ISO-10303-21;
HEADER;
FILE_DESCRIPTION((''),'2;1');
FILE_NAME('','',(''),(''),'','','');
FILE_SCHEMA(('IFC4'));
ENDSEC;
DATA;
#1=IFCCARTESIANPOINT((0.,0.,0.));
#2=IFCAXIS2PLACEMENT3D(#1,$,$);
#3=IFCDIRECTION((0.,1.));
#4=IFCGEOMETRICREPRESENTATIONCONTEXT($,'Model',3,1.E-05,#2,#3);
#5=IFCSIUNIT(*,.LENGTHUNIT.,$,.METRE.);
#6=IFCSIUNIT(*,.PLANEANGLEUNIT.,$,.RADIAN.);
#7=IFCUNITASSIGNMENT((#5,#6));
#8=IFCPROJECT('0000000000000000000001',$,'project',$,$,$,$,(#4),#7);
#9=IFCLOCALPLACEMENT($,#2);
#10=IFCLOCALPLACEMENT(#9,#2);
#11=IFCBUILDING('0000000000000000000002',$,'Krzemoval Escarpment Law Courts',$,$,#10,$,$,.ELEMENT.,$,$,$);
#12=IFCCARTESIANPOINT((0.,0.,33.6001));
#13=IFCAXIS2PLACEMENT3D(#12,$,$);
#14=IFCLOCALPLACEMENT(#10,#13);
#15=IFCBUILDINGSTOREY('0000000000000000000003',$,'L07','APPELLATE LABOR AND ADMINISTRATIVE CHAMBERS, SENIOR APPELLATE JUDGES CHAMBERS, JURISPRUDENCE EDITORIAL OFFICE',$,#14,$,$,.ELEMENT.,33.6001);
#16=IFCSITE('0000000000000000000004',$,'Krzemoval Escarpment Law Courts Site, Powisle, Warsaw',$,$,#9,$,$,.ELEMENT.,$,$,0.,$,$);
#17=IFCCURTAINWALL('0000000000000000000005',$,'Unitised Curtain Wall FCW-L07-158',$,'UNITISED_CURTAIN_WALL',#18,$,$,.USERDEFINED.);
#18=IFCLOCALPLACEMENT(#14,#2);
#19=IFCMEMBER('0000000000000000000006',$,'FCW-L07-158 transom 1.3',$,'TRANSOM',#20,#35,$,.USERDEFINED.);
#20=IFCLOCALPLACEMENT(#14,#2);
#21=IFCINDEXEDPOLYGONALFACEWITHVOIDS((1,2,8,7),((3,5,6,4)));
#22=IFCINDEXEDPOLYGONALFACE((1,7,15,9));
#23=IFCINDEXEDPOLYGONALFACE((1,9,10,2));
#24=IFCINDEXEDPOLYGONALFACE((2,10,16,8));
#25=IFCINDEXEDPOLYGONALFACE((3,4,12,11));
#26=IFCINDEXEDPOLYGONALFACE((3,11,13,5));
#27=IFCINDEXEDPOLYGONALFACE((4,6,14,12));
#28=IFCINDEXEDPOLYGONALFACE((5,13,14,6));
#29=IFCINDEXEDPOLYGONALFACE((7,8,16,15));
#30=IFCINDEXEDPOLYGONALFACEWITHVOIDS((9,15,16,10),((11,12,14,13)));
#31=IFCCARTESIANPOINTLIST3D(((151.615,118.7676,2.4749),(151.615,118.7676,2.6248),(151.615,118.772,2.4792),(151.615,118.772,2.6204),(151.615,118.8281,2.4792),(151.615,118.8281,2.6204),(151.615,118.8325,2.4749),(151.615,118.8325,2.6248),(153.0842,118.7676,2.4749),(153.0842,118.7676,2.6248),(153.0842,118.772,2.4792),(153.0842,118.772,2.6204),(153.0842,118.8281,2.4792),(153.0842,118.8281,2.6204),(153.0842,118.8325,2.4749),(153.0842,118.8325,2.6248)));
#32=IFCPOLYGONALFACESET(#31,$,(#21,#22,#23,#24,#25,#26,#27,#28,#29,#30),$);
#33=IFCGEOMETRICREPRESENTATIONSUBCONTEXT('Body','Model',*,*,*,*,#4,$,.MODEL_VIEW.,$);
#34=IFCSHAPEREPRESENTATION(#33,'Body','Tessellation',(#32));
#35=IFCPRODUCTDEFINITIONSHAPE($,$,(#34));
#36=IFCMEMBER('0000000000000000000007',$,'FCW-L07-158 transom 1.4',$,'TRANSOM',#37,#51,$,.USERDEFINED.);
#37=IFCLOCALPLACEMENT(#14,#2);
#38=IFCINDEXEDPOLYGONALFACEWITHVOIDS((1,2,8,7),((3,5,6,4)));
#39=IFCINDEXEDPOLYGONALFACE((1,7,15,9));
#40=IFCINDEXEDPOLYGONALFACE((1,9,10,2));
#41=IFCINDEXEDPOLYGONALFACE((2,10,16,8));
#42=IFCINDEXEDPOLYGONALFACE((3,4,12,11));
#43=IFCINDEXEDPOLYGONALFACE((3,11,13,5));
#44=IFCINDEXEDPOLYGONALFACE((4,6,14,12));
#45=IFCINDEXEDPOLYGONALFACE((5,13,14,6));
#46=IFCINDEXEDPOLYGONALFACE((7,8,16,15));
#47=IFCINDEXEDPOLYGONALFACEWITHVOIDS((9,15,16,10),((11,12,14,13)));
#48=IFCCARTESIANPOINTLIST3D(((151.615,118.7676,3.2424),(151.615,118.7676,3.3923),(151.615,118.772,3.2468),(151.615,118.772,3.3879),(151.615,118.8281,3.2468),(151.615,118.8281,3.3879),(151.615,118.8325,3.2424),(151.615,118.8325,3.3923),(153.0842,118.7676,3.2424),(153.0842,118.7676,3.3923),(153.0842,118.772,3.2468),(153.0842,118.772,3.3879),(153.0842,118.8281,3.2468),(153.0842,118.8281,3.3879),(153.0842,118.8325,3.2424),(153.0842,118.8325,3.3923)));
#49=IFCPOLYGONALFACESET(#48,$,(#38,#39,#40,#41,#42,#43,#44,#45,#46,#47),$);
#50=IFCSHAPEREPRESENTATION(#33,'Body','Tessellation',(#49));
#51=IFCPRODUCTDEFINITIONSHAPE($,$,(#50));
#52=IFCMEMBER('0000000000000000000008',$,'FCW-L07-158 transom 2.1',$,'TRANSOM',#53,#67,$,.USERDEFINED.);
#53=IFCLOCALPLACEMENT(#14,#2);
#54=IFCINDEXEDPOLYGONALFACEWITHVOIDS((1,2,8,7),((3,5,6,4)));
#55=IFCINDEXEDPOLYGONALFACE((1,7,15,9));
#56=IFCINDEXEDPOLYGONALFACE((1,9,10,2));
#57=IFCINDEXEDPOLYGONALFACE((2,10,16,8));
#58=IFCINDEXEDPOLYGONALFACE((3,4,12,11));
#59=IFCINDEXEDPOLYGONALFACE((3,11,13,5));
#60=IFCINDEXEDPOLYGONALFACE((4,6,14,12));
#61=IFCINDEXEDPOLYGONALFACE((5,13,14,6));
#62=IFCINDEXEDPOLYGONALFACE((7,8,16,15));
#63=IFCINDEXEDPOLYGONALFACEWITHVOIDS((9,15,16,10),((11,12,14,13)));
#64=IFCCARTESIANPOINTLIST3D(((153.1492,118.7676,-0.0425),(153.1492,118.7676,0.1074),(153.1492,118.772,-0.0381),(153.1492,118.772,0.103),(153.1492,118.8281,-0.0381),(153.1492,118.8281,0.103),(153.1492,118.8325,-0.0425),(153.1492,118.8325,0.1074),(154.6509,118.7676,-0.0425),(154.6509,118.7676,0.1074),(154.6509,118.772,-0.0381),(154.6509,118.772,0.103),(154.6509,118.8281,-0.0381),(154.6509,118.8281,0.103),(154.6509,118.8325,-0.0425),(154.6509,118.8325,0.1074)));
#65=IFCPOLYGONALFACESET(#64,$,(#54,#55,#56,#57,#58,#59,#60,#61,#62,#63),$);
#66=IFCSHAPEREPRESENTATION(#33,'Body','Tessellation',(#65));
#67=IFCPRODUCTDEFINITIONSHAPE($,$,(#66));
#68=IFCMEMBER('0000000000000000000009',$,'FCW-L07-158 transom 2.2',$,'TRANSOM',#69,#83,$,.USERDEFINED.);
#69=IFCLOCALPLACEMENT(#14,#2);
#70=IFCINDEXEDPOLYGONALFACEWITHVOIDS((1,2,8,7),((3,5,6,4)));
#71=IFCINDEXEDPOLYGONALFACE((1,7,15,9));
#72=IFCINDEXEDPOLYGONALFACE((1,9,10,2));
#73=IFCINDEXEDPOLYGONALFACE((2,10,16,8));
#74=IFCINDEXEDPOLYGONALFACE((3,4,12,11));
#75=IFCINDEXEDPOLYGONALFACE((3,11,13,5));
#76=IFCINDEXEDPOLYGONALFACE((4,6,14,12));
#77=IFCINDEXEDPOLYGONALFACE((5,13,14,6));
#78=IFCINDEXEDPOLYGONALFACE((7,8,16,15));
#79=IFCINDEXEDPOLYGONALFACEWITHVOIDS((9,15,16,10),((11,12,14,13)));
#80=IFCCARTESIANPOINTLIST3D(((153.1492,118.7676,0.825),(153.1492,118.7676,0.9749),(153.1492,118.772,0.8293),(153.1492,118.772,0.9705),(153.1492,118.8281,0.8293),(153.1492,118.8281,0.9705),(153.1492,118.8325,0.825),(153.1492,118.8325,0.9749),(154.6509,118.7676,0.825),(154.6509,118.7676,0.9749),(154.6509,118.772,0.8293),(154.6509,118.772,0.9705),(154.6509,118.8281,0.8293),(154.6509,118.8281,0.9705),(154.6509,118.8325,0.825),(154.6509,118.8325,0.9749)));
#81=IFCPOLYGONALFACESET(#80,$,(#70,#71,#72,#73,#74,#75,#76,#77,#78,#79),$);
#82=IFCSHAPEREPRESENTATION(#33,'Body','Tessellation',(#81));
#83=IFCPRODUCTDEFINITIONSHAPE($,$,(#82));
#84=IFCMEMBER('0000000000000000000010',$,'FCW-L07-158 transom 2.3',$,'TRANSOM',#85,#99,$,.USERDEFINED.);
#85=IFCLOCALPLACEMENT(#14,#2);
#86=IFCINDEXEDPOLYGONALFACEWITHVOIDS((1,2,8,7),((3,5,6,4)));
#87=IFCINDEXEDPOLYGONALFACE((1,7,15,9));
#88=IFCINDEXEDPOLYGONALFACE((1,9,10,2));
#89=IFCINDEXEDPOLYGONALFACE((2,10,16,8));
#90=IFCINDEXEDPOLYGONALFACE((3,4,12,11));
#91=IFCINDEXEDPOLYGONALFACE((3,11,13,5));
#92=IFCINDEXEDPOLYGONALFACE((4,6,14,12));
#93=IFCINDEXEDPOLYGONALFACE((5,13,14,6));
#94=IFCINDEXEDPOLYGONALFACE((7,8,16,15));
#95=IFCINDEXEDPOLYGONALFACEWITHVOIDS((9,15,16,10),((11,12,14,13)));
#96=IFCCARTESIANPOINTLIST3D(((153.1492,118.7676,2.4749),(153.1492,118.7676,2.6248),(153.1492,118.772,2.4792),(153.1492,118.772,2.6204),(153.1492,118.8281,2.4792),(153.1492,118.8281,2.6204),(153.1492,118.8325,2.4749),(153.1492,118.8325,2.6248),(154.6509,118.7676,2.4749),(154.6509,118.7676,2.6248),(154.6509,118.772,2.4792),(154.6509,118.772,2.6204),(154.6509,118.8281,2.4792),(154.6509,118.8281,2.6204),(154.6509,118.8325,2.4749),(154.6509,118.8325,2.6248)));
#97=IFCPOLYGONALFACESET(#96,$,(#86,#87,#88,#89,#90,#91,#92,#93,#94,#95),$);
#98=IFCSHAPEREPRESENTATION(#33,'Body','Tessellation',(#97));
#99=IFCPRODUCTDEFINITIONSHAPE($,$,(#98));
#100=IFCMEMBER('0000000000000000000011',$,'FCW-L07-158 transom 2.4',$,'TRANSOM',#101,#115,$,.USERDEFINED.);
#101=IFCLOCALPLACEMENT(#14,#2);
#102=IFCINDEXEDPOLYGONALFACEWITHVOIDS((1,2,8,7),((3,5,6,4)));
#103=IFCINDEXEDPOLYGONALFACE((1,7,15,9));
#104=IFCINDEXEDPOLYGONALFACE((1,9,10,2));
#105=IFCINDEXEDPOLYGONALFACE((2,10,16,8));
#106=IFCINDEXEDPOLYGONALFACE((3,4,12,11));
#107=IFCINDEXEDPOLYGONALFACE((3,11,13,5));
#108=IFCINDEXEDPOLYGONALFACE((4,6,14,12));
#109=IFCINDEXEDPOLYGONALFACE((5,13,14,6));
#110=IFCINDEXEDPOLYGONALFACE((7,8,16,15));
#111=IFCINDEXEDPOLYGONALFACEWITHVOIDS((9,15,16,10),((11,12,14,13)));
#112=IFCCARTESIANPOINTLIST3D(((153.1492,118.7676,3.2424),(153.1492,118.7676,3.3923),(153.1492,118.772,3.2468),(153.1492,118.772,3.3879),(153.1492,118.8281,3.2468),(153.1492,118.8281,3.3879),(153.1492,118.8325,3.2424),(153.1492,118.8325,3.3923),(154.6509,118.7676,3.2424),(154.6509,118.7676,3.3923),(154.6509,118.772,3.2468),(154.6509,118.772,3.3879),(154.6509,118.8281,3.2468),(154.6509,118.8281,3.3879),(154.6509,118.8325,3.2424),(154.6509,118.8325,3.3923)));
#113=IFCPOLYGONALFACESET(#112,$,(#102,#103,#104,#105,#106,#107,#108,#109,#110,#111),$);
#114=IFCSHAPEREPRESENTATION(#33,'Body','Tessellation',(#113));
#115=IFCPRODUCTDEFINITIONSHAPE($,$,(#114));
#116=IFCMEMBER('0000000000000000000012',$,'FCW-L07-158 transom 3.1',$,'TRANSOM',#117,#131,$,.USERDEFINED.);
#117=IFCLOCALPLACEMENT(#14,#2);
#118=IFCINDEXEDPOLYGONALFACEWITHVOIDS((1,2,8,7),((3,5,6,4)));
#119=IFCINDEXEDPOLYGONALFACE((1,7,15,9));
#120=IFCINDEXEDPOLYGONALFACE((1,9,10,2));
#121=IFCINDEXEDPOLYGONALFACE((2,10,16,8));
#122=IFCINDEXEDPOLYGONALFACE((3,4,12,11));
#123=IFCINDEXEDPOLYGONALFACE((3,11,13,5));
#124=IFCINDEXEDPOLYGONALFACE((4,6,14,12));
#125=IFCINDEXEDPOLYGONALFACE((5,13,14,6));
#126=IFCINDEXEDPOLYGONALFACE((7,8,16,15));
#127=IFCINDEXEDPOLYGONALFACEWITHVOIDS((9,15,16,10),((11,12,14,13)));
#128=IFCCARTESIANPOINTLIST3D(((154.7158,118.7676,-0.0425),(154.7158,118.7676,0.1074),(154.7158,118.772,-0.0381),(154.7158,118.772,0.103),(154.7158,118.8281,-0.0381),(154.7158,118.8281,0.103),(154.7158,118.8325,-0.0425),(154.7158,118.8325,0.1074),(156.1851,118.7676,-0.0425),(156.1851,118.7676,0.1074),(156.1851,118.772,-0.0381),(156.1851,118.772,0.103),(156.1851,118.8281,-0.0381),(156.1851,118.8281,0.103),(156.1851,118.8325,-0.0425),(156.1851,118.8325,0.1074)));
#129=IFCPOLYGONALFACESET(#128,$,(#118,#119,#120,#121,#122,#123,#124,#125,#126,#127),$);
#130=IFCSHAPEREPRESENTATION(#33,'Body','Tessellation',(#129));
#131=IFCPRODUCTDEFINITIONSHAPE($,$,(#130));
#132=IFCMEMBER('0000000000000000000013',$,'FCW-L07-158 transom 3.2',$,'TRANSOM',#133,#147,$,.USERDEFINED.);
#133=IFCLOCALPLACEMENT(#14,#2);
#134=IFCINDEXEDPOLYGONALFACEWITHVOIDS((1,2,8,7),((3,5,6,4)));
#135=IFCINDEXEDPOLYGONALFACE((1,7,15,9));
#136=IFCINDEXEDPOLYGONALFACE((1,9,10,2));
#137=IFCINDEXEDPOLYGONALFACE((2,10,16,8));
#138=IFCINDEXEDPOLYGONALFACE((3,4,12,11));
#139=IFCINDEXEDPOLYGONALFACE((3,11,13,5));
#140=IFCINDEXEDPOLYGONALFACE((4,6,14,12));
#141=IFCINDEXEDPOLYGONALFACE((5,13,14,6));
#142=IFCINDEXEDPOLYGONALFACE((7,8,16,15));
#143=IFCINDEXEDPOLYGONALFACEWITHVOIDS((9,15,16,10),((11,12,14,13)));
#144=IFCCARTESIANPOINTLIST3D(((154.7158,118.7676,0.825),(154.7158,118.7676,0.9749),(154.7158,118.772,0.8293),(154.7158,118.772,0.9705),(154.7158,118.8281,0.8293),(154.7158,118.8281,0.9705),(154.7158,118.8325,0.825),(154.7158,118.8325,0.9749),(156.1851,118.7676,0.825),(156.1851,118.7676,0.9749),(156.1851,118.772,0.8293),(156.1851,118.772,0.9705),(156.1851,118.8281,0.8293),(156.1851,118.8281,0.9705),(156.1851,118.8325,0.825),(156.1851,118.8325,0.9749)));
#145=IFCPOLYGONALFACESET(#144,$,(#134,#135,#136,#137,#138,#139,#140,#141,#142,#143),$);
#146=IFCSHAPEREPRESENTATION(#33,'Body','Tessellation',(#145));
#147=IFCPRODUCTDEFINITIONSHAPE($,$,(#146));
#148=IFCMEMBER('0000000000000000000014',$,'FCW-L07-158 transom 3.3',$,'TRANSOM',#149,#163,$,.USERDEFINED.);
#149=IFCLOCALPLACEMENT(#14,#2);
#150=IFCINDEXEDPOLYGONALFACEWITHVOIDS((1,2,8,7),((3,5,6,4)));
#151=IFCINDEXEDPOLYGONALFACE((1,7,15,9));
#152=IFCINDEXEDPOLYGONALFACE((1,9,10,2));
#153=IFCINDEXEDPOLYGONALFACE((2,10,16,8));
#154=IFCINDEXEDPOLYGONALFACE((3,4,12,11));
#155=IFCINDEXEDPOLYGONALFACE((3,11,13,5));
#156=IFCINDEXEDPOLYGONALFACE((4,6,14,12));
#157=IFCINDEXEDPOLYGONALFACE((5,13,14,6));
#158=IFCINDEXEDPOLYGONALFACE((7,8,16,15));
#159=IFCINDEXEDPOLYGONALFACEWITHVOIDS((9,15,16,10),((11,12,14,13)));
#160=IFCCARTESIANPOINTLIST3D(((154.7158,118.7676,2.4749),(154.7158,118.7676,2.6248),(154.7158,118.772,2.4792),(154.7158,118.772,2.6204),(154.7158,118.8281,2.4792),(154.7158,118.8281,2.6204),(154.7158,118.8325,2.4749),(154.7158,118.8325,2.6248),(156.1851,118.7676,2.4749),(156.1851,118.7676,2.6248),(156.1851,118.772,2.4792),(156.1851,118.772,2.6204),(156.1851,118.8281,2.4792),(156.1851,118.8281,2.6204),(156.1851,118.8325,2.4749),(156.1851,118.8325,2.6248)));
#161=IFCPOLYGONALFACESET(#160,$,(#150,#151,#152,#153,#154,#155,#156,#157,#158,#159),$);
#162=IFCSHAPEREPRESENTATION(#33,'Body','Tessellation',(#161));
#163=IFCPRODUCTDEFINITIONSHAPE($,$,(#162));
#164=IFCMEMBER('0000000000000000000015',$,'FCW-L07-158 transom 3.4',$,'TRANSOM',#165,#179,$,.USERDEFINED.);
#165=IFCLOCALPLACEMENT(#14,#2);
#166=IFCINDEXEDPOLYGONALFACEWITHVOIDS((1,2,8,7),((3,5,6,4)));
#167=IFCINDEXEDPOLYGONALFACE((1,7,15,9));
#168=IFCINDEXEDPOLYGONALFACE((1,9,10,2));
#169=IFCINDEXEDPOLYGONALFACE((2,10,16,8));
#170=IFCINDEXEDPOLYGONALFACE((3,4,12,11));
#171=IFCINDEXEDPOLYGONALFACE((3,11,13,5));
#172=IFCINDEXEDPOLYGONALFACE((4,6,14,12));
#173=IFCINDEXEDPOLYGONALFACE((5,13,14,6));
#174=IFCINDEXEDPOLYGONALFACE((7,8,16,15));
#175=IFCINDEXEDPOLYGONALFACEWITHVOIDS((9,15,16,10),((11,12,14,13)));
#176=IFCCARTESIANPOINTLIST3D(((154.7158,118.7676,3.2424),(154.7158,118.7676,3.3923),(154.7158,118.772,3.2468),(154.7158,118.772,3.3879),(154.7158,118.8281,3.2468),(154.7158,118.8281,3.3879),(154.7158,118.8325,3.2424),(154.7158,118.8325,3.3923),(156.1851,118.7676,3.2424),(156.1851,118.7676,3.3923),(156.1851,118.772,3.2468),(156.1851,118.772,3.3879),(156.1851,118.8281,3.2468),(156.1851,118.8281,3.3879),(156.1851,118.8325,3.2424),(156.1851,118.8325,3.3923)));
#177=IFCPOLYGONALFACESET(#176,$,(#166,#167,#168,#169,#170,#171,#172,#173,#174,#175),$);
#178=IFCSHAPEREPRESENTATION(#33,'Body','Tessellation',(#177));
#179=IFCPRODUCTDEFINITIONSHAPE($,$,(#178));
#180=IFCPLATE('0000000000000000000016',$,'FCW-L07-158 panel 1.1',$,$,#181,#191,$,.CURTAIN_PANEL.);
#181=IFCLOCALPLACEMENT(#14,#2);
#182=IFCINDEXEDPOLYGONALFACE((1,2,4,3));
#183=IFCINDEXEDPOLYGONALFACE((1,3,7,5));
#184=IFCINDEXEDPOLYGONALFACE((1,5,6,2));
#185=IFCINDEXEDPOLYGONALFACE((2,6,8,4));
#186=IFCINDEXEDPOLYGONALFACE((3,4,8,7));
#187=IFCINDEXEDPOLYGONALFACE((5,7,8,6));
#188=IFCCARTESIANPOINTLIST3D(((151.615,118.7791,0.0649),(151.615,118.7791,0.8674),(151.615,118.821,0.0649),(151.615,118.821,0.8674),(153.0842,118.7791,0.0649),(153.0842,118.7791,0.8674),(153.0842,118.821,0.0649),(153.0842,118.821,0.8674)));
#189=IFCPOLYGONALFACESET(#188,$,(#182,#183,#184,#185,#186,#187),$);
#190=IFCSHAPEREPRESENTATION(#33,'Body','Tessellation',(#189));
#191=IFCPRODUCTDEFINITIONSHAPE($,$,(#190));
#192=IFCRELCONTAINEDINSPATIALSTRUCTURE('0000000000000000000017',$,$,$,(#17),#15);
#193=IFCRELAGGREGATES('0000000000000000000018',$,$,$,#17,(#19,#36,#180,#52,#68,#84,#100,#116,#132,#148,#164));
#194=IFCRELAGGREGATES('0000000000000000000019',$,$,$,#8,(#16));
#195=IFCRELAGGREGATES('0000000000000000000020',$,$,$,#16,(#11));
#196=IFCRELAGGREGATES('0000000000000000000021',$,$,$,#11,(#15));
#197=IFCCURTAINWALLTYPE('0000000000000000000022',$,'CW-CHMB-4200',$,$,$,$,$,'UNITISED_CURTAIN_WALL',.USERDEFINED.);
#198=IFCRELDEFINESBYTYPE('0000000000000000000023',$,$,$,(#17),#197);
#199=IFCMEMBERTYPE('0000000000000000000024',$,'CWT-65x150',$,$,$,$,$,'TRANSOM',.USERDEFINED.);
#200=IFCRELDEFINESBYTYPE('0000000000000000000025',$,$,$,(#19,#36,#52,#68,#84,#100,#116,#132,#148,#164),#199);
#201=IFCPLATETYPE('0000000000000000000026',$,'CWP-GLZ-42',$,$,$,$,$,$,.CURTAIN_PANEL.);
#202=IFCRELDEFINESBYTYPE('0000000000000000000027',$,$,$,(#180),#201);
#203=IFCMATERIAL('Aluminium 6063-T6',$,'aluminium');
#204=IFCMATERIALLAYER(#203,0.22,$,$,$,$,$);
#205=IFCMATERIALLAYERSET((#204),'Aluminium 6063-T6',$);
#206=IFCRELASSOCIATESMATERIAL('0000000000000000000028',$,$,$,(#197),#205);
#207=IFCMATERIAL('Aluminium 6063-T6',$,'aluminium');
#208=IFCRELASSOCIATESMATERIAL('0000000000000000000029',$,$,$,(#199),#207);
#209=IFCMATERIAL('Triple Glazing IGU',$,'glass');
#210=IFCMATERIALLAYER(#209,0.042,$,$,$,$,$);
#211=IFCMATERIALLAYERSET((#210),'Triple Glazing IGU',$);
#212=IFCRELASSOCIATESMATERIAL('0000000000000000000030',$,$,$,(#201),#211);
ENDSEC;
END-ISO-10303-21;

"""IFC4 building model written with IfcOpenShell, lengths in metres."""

from ifc_helpers import new_model, si_unit, direction, frame, origin, origin_2d, place, context, subcontext, project, spatial, rectangle, hollow_rectangle, extrude, material, layer, layer_set, material_profile, profile_set, type_object, element, aggregate, save


model = new_model("IFC4")

# Units and contexts
model_context = context("Model", 3, precision=1e-05, world=origin(), true_north=direction((0.0, 1.0)))
body_context = subcontext(model_context, "Body", "Model", "MODEL_VIEW")
ifc_project = project(units=[si_unit("LENGTHUNIT", "METRE"), si_unit("PLANEANGLEUNIT", "RADIAN")], contexts=[model_context])

# Site, building, storey
site_placement = place(None, origin())
site = spatial("IfcSite", under=ifc_project, at=site_placement, Name="Krzemoval Escarpment Law Courts Site, Powisle, Warsaw", CompositionType="ELEMENT", RefElevation=0.0)
building_placement = place(site_placement, origin())
building = spatial("IfcBuilding", under=site, at=building_placement, Name="Krzemoval Escarpment Law Courts", CompositionType="ELEMENT")
storey_placement = place(building_placement, frame((0.0, 0.0, 33.6001)))
storey = spatial("IfcBuildingStorey", under=building, at=storey_placement, Name="L07", Description="APPELLATE LABOR AND ADMINISTRATIVE CHAMBERS, SENIOR APPELLATE JUDGES CHAMBERS, JURISPRUDENCE EDITORIAL OFFICE", CompositionType="ELEMENT", Elevation=33.6001)

# Curtain wall, members, plate
ifc_material_1 = material(Name="Aluminium 6063-T6", Category="aluminium")
ifc_layer_1 = layer(ifc_material_1, 0.22)
ifc_layer_set_1 = layer_set([ifc_layer_1], Name="Aluminium 6063-T6")
curtain_wall_type = type_object("IfcCurtainWallType", Name="CW-CHMB-4200", ElementType="UNITISED_CURTAIN_WALL", PredefinedType="USERDEFINED", material=ifc_layer_set_1)
curtain_wall_placement = place(storey_placement, origin())
curtain_wall = element("IfcCurtainWall", 1, at=curtain_wall_placement, inside=storey, type_object=curtain_wall_type, Name="Unitised Curtain Wall FCW-L07-158", ObjectType="UNITISED_CURTAIN_WALL", PredefinedType="USERDEFINED")
ifc_material_2 = material(Name="Aluminium 6063-T6", Category="aluminium")
ifc_material_profile_1 = material_profile(ifc_material_2, hollow_rectangle(XDim=0.0649, YDim=0.1499, WallThickness=0.0044, at=origin_2d()), Name="ALU T65x150")
ifc_profile_set_1 = profile_set([ifc_material_profile_1], Name="Aluminium 6063-T6")
member_type_1 = type_object("IfcMemberType", Name="CWT-65x150", ElementType="TRANSOM", PredefinedType="USERDEFINED", material=ifc_profile_set_1)
member_1_placement = place(storey_placement, frame((151.615, 118.8, 2.5498), z_axis=(1.0, 0.0, 0.0), x_axis=(0.0, 1.0, 0.0)))
member_1 = element("IfcMember", 2, at=member_1_placement, type_object=member_type_1, Name="FCW-L07-158 transom 1.3", ObjectType="TRANSOM", PredefinedType="USERDEFINED", context=body_context, shape_type="SweptSolid", body=[
    extrude(hollow_rectangle(XDim=0.0649, YDim=0.1499, WallThickness=0.0044, at=origin_2d()), origin(), (0.0, 0.0, 1.0), 1.4692),
])
member_2_placement = place(storey_placement, frame((151.615, 118.8, 3.3174), z_axis=(1.0, 0.0, 0.0), x_axis=(0.0, 1.0, 0.0)))
member_2 = element("IfcMember", 3, at=member_2_placement, type_object=member_type_1, Name="FCW-L07-158 transom 1.4", ObjectType="TRANSOM", PredefinedType="USERDEFINED", context=body_context, shape_type="SweptSolid", body=[
    extrude(hollow_rectangle(XDim=0.0649, YDim=0.1499, WallThickness=0.0044, at=origin_2d()), origin(), (0.0, 0.0, 1.0), 1.4692),
])
member_3_placement = place(storey_placement, frame((153.1492, 118.8, 0.0325), z_axis=(1.0, 0.0, 0.0), x_axis=(0.0, 1.0, 0.0)))
member_3 = element("IfcMember", 4, at=member_3_placement, type_object=member_type_1, Name="FCW-L07-158 transom 2.1", ObjectType="TRANSOM", PredefinedType="USERDEFINED", context=body_context, shape_type="SweptSolid", body=[
    extrude(hollow_rectangle(XDim=0.0649, YDim=0.1499, WallThickness=0.0044, at=origin_2d()), origin(), (0.0, 0.0, 1.0), 1.5017),
])
member_4_placement = place(storey_placement, frame((153.1492, 118.8, 0.8999), z_axis=(1.0, 0.0, 0.0), x_axis=(0.0, 1.0, 0.0)))
member_4 = element("IfcMember", 5, at=member_4_placement, type_object=member_type_1, Name="FCW-L07-158 transom 2.2", ObjectType="TRANSOM", PredefinedType="USERDEFINED", context=body_context, shape_type="SweptSolid", body=[
    extrude(hollow_rectangle(XDim=0.0649, YDim=0.1499, WallThickness=0.0044, at=origin_2d()), origin(), (0.0, 0.0, 1.0), 1.5017),
])
member_5_placement = place(storey_placement, frame((153.1492, 118.8, 2.5498), z_axis=(1.0, 0.0, 0.0), x_axis=(0.0, 1.0, 0.0)))
member_5 = element("IfcMember", 6, at=member_5_placement, type_object=member_type_1, Name="FCW-L07-158 transom 2.3", ObjectType="TRANSOM", PredefinedType="USERDEFINED", context=body_context, shape_type="SweptSolid", body=[
    extrude(hollow_rectangle(XDim=0.0649, YDim=0.1499, WallThickness=0.0044, at=origin_2d()), origin(), (0.0, 0.0, 1.0), 1.5017),
])
member_6_placement = place(storey_placement, frame((153.1492, 118.8, 3.3174), z_axis=(1.0, 0.0, 0.0), x_axis=(0.0, 1.0, 0.0)))
member_6 = element("IfcMember", 7, at=member_6_placement, type_object=member_type_1, Name="FCW-L07-158 transom 2.4", ObjectType="TRANSOM", PredefinedType="USERDEFINED", context=body_context, shape_type="SweptSolid", body=[
    extrude(hollow_rectangle(XDim=0.0649, YDim=0.1499, WallThickness=0.0044, at=origin_2d()), origin(), (0.0, 0.0, 1.0), 1.5017),
])
member_7_placement = place(storey_placement, frame((154.7158, 118.8, 0.0325), z_axis=(1.0, 0.0, 0.0), x_axis=(0.0, 1.0, 0.0)))
member_7 = element("IfcMember", 8, at=member_7_placement, type_object=member_type_1, Name="FCW-L07-158 transom 3.1", ObjectType="TRANSOM", PredefinedType="USERDEFINED", context=body_context, shape_type="SweptSolid", body=[
    extrude(hollow_rectangle(XDim=0.0649, YDim=0.1499, WallThickness=0.0044, at=origin_2d()), origin(), (0.0, 0.0, 1.0), 1.4692),
])
member_8_placement = place(storey_placement, frame((154.7158, 118.8, 0.8999), z_axis=(1.0, 0.0, 0.0), x_axis=(0.0, 1.0, 0.0)))
member_8 = element("IfcMember", 9, at=member_8_placement, type_object=member_type_1, Name="FCW-L07-158 transom 3.2", ObjectType="TRANSOM", PredefinedType="USERDEFINED", context=body_context, shape_type="SweptSolid", body=[
    extrude(hollow_rectangle(XDim=0.0649, YDim=0.1499, WallThickness=0.0044, at=origin_2d()), origin(), (0.0, 0.0, 1.0), 1.4692),
])
member_9_placement = place(storey_placement, frame((154.7158, 118.8, 2.5498), z_axis=(1.0, 0.0, 0.0), x_axis=(0.0, 1.0, 0.0)))
member_9 = element("IfcMember", 10, at=member_9_placement, type_object=member_type_1, Name="FCW-L07-158 transom 3.3", ObjectType="TRANSOM", PredefinedType="USERDEFINED", context=body_context, shape_type="SweptSolid", body=[
    extrude(hollow_rectangle(XDim=0.0649, YDim=0.1499, WallThickness=0.0044, at=origin_2d()), origin(), (0.0, 0.0, 1.0), 1.4692),
])
member_10_placement = place(storey_placement, frame((154.7158, 118.8, 3.3174), z_axis=(1.0, 0.0, 0.0), x_axis=(0.0, 1.0, 0.0)))
member_10 = element("IfcMember", 11, at=member_10_placement, type_object=member_type_1, Name="FCW-L07-158 transom 3.4", ObjectType="TRANSOM", PredefinedType="USERDEFINED", context=body_context, shape_type="SweptSolid", body=[
    extrude(hollow_rectangle(XDim=0.0649, YDim=0.1499, WallThickness=0.0044, at=origin_2d()), origin(), (0.0, 0.0, 1.0), 1.4692),
])
ifc_material_3 = material(Name="Triple Glazing IGU", Category="glass")
ifc_layer_2 = layer(ifc_material_3, 0.042)
ifc_layer_set_2 = layer_set([ifc_layer_2], Name="Triple Glazing IGU")
plate_type = type_object("IfcPlateType", Name="CWP-GLZ-42", PredefinedType="CURTAIN_PANEL", material=ifc_layer_set_2)
plate_1_placement = place(storey_placement, frame((152.3496, 118.8, 0.0649), z_axis=(0.0, 0.0, 1.0), x_axis=(1.0, 0.0, 0.0)))
plate_1 = element("IfcPlate", 12, at=plate_1_placement, type_object=plate_type, Name="FCW-L07-158 panel 1.1", PredefinedType="CURTAIN_PANEL", context=body_context, shape_type="SweptSolid", body=[
    extrude(rectangle(XDim=1.4692, YDim=0.042, at=origin_2d()), origin(), (0.0, 0.0, 1.0), 0.8025),
])
aggregate(curtain_wall, [member_1, member_2, plate_1, member_3, member_4, member_5, member_6, member_7, member_8, member_9, member_10])

save(model, "model.ifc")
